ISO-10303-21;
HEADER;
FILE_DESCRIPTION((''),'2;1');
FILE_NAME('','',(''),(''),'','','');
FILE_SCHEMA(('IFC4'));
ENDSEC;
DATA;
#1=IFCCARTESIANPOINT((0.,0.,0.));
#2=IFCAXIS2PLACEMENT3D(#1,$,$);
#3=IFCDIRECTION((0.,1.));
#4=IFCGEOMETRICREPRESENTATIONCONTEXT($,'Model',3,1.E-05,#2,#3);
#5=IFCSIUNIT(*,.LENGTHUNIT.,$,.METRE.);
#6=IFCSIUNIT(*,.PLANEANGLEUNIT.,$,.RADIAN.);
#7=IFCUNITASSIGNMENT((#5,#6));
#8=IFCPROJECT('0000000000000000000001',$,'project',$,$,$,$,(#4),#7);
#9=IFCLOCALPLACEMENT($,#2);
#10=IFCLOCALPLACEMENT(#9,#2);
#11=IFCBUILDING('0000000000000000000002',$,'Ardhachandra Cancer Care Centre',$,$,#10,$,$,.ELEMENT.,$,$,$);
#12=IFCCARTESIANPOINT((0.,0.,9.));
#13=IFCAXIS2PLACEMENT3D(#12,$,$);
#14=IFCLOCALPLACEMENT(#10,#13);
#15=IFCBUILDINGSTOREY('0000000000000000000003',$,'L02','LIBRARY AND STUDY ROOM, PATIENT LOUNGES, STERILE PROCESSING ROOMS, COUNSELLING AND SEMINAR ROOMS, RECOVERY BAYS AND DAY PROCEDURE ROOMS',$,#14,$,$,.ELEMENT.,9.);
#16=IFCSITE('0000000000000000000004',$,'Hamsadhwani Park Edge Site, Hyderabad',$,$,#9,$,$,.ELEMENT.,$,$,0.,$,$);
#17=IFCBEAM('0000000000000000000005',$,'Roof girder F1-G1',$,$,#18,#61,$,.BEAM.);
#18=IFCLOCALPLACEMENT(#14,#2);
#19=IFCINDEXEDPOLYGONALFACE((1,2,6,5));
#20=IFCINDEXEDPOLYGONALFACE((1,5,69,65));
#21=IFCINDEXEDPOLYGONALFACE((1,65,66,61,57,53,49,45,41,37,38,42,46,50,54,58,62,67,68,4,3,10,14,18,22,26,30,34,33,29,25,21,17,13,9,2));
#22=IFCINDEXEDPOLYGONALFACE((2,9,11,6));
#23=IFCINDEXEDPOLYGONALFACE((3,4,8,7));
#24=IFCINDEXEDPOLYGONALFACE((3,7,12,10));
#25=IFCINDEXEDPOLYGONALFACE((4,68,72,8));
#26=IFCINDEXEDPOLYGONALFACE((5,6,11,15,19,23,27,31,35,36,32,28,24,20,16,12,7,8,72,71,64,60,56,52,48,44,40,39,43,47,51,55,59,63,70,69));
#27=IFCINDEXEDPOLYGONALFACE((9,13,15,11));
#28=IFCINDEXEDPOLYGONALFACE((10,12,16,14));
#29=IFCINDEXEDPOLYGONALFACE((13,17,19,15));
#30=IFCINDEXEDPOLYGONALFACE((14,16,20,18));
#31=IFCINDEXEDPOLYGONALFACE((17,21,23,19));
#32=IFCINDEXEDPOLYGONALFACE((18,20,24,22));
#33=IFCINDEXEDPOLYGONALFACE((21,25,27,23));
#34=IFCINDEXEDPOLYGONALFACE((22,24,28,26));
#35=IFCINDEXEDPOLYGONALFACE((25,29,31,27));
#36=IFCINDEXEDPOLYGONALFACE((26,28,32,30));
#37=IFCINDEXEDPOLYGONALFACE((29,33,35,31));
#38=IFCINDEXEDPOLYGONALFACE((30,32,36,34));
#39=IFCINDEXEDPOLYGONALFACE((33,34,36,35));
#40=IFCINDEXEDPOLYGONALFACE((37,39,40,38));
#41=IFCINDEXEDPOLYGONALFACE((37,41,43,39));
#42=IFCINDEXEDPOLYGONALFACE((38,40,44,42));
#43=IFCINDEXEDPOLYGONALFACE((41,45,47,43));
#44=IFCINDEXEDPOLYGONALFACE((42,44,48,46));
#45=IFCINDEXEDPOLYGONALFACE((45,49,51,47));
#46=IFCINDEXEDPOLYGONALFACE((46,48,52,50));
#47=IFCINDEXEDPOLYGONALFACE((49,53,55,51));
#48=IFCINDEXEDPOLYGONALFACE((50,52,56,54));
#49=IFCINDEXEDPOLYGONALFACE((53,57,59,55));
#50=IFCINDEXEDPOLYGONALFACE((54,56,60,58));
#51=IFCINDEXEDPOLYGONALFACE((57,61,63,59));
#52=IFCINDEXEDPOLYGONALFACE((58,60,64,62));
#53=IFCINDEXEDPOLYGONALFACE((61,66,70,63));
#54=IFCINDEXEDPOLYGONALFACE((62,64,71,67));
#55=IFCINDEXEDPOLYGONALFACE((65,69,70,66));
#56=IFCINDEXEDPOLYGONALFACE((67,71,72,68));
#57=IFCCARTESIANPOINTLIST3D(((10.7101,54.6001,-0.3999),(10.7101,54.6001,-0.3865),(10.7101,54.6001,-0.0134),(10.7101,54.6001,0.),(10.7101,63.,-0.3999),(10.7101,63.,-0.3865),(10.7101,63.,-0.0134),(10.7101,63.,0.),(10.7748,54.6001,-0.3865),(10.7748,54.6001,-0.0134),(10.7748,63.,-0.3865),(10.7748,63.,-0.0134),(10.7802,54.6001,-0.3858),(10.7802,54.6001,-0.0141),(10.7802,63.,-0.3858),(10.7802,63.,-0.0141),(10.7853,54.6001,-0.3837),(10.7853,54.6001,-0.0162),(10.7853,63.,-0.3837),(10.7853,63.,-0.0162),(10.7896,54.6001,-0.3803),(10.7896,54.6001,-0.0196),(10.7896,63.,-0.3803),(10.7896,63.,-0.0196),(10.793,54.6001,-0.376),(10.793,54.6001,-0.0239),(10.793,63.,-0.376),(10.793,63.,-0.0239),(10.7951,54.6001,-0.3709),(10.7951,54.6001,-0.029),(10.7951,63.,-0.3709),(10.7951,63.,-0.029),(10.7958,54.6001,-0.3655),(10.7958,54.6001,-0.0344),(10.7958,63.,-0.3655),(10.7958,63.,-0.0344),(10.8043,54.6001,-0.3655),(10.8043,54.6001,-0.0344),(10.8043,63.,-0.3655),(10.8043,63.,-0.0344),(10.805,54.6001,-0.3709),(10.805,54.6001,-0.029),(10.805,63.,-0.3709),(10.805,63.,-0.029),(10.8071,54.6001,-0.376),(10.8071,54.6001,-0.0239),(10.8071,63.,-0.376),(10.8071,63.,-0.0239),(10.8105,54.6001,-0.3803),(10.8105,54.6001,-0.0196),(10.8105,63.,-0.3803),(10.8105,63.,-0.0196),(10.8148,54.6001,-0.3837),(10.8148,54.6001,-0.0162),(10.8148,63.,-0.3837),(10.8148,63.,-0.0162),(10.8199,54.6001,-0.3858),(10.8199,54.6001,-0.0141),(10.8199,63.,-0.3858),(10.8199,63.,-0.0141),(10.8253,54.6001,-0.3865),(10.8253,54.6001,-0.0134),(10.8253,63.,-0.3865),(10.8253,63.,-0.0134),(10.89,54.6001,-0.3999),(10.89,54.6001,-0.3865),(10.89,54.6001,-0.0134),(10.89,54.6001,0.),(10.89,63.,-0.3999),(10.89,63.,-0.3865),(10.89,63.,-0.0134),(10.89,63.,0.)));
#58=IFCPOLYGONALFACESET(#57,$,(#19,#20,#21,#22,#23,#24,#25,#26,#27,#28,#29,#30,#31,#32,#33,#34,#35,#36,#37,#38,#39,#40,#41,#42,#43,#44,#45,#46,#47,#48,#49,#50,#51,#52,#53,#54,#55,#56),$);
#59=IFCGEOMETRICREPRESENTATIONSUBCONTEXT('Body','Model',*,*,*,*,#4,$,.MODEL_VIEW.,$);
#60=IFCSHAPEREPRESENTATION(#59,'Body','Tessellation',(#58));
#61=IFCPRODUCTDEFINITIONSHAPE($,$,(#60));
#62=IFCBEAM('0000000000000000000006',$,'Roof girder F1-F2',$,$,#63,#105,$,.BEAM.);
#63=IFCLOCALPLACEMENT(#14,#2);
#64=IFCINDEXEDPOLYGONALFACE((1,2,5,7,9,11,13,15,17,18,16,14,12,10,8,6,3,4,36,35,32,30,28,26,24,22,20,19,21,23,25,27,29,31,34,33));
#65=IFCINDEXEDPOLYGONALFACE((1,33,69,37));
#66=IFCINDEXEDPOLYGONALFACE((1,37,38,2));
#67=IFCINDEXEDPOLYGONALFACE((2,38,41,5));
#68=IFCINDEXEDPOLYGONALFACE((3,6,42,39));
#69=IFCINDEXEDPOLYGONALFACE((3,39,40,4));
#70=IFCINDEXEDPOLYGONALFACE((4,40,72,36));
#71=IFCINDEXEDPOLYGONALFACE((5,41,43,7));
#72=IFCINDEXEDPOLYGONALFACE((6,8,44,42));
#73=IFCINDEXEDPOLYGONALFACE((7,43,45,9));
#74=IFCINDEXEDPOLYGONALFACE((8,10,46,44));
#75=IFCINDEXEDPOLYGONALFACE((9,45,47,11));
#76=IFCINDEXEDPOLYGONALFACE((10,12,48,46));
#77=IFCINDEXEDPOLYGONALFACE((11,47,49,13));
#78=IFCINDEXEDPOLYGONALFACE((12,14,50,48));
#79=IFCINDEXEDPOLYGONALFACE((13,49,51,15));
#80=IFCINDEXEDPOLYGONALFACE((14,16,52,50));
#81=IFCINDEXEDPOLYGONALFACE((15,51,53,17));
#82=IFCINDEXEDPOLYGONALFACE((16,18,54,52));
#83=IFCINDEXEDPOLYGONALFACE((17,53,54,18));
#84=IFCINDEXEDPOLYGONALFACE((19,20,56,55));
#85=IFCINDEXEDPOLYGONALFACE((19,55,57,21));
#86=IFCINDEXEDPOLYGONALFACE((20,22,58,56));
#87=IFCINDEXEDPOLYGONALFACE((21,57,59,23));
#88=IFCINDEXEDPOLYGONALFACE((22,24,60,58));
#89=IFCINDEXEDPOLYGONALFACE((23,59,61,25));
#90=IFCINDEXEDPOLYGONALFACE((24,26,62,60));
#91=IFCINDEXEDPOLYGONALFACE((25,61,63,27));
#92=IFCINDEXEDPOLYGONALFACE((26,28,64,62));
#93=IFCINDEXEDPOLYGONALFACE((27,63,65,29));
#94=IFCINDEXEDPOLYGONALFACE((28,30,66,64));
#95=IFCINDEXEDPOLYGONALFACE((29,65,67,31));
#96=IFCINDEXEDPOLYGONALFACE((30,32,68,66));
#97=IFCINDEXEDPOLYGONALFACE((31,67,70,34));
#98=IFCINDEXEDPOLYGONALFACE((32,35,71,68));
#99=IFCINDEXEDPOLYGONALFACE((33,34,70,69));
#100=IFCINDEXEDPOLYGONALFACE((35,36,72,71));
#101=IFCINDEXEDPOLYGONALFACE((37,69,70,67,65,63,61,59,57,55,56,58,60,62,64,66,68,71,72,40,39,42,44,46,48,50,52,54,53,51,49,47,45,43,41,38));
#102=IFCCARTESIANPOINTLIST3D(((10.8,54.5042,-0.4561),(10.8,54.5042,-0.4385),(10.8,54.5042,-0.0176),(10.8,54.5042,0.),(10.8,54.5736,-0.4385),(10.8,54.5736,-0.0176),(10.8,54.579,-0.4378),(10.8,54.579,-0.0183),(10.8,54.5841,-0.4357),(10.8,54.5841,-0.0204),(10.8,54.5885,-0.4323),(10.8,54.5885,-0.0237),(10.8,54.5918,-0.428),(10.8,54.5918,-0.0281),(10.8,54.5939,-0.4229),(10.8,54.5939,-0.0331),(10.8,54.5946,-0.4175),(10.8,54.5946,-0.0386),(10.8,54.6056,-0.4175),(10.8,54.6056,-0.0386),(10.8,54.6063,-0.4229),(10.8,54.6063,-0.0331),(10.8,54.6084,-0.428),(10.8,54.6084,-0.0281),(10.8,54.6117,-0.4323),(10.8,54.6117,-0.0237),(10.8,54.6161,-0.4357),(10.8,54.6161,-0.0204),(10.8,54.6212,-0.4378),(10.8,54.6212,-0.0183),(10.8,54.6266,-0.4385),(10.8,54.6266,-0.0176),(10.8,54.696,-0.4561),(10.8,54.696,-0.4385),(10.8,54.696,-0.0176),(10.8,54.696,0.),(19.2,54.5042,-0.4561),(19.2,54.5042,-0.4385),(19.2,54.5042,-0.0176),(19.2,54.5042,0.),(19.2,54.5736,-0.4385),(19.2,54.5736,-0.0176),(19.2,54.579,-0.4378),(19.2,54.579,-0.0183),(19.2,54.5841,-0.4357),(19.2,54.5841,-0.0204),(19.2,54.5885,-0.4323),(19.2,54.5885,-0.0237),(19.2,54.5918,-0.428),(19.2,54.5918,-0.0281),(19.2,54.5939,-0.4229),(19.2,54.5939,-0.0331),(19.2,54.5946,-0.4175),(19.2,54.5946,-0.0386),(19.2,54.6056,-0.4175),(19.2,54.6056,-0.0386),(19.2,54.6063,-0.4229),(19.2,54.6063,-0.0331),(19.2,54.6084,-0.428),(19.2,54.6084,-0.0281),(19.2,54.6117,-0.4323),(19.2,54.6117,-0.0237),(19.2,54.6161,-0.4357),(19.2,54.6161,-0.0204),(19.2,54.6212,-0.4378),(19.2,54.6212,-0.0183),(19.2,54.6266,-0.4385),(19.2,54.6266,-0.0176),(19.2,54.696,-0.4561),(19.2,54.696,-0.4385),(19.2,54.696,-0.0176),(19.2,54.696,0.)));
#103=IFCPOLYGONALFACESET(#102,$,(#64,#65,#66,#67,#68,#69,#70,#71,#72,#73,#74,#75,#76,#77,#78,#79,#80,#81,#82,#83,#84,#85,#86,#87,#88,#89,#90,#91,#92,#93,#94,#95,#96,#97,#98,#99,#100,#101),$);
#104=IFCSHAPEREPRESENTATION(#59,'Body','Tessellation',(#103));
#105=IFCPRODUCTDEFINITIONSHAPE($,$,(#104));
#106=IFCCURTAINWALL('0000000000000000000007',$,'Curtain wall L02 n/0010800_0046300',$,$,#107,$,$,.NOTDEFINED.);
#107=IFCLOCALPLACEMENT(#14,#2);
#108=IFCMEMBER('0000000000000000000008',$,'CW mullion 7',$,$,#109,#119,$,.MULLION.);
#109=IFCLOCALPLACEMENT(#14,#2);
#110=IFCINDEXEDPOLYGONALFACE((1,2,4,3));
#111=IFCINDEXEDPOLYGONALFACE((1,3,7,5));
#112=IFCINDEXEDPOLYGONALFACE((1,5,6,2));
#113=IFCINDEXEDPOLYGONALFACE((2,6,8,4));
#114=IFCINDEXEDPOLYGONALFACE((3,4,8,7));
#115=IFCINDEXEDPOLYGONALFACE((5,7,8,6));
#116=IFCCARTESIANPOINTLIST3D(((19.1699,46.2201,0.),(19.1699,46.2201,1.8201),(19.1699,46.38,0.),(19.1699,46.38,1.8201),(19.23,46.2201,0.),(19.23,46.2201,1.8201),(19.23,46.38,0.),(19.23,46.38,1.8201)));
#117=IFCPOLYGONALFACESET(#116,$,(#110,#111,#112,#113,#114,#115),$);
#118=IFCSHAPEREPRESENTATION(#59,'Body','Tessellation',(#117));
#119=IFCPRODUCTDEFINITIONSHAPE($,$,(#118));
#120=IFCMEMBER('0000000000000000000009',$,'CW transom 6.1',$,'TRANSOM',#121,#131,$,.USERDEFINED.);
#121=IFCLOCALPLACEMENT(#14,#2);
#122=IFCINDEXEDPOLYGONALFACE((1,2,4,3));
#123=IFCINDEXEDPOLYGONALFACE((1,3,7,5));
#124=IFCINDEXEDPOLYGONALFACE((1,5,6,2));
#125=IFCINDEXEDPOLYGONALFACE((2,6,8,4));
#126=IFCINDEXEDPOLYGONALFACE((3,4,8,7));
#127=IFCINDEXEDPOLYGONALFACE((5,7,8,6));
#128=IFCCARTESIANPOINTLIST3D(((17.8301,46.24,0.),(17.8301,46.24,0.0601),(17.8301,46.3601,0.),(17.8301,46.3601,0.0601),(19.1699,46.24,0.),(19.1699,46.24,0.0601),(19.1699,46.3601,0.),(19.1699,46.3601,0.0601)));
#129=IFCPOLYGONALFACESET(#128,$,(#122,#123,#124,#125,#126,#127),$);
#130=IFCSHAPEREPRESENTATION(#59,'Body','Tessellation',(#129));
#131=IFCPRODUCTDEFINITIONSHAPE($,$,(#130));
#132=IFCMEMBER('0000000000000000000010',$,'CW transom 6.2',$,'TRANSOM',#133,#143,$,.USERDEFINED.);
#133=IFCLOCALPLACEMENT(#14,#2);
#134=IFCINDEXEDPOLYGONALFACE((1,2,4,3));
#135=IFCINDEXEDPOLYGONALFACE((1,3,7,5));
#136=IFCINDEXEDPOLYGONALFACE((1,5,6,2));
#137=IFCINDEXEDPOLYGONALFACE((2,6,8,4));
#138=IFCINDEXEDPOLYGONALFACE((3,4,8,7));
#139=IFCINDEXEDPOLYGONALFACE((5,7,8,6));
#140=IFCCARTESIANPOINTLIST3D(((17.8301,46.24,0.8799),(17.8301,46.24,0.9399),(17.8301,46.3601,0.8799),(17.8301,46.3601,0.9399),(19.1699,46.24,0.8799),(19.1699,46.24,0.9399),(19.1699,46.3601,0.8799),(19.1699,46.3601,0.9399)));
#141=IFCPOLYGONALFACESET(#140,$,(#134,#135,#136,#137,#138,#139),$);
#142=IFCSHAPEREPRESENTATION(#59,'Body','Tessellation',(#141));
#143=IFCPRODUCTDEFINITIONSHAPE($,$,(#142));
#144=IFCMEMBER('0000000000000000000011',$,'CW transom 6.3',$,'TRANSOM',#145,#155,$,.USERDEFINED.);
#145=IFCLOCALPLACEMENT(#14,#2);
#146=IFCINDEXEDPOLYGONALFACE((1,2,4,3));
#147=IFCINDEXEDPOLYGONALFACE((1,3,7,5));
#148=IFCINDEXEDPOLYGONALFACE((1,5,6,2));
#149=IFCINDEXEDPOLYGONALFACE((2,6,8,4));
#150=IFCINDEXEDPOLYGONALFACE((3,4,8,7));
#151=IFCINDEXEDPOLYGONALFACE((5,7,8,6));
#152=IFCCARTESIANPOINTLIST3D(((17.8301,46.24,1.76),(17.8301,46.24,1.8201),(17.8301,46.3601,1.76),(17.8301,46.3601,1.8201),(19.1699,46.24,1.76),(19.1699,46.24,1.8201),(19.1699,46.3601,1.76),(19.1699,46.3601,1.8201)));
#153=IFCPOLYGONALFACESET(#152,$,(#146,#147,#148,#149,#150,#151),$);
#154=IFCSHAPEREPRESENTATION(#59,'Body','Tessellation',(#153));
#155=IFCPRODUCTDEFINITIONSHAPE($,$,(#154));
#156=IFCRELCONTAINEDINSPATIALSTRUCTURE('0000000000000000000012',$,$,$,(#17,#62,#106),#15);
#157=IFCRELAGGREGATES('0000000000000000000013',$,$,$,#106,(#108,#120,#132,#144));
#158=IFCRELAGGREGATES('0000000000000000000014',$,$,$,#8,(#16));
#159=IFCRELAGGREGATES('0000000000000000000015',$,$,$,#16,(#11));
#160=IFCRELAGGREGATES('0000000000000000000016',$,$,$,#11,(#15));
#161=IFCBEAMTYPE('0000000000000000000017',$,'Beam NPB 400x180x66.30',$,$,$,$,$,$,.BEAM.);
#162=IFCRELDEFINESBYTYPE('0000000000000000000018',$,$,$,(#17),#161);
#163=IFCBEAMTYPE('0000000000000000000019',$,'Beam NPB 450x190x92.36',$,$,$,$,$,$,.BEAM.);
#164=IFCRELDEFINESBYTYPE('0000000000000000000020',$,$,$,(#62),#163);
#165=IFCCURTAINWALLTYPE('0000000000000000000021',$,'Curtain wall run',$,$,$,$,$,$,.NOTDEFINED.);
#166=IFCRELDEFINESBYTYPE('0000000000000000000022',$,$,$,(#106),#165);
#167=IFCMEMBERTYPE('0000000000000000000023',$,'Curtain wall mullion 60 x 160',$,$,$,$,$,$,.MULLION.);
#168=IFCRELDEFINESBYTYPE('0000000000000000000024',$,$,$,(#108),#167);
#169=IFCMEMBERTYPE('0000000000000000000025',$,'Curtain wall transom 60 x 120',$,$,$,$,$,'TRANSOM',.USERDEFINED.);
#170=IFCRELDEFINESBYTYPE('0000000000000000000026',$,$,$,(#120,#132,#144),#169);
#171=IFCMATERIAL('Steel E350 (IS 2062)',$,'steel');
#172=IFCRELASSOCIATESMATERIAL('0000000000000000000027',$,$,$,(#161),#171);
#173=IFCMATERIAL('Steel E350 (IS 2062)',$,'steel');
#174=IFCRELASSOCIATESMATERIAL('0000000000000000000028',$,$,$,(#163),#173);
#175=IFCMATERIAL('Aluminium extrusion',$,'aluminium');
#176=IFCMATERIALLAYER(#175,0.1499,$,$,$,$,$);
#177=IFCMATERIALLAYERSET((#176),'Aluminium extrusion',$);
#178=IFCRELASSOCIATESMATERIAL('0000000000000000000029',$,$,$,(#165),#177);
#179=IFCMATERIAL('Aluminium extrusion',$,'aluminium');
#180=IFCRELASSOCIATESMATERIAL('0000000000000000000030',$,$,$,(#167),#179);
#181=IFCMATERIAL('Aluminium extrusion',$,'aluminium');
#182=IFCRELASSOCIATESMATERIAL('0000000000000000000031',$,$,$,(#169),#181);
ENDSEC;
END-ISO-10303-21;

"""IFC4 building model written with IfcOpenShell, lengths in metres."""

from ifc_helpers import new_model, si_unit, direction, frame, origin, origin_2d, place, context, subcontext, project, spatial, rectangle, i_section, extrude, material, layer, layer_set, material_profile, profile_set, type_object, element, aggregate, save


model = new_model("IFC4")

# Units and contexts
model_context = context("Model", 3, precision=1e-05, world=origin(), true_north=direction((0.0, 1.0)))
body_context = subcontext(model_context, "Body", "Model", "MODEL_VIEW")
ifc_project = project(units=[si_unit("LENGTHUNIT", "METRE"), si_unit("PLANEANGLEUNIT", "RADIAN")], contexts=[model_context])

# Site, building, storey
site_placement = place(None, origin())
site = spatial("IfcSite", under=ifc_project, at=site_placement, Name="Hamsadhwani Park Edge Site, Hyderabad", CompositionType="ELEMENT", RefElevation=0.0)
building_placement = place(site_placement, origin())
building = spatial("IfcBuilding", under=site, at=building_placement, Name="Ardhachandra Cancer Care Centre", CompositionType="ELEMENT")
storey_placement = place(building_placement, frame((0.0, 0.0, 9.0)))
storey = spatial("IfcBuildingStorey", under=building, at=storey_placement, Name="L02", Description="LIBRARY AND STUDY ROOM, PATIENT LOUNGES, STERILE PROCESSING ROOMS, COUNSELLING AND SEMINAR ROOMS, RECOVERY BAYS AND DAY PROCEDURE ROOMS", CompositionType="ELEMENT", Elevation=9.0)

# Beams
ifc_material_1 = material(Name="Steel E350 (IS 2062)", Category="steel")
ifc_material_profile_1 = material_profile(ifc_material_1, i_section(OverallWidth=0.1799, OverallDepth=0.3999, WebThickness=0.0085, FlangeThickness=0.0134, FilletRadius=0.021, at=origin_2d()), Name="NPB 400x180x66.30")
ifc_profile_set_1 = profile_set([ifc_material_profile_1], Name="Steel E350 (IS 2062)")
beam_type_1 = type_object("IfcBeamType", Name="Beam NPB 400x180x66.30", PredefinedType="BEAM", material=ifc_profile_set_1)
beam_1_placement = place(storey_placement, frame((10.8, 54.6001, -0.2), z_axis=(0.0, 1.0, 0.0), x_axis=(-1.0, 0.0, 0.0)))
element("IfcBeam", 1, at=beam_1_placement, inside=storey, type_object=beam_type_1, Name="Roof girder F1-G1", PredefinedType="BEAM", context=body_context, shape_type="SweptSolid", body=[
    extrude(i_section(OverallWidth=0.1799, OverallDepth=0.3999, WebThickness=0.0085, FlangeThickness=0.0134, FilletRadius=0.021, at=origin_2d()), origin(), (0.0, 0.0, 1.0), 8.3999),
])
ifc_material_2 = material(Name="Steel E350 (IS 2062)", Category="steel")
ifc_material_profile_2 = material_profile(ifc_material_2, i_section(OverallWidth=0.1919, OverallDepth=0.4561, WebThickness=0.011, FlangeThickness=0.0176, FilletRadius=0.021, at=origin_2d()), Name="NPB 450x190x92.36")
ifc_profile_set_2 = profile_set([ifc_material_profile_2], Name="Steel E350 (IS 2062)")
beam_type_2 = type_object("IfcBeamType", Name="Beam NPB 450x190x92.36", PredefinedType="BEAM", material=ifc_profile_set_2)
beam_2_placement = place(storey_placement, frame((10.8, 54.6001, -0.228), z_axis=(1.0, 0.0, 0.0), x_axis=(0.0, 1.0, 0.0)))
element("IfcBeam", 2, at=beam_2_placement, inside=storey, type_object=beam_type_2, Name="Roof girder F1-F2", PredefinedType="BEAM", context=body_context, shape_type="SweptSolid", body=[
    extrude(i_section(OverallWidth=0.1919, OverallDepth=0.4561, WebThickness=0.011, FlangeThickness=0.0176, FilletRadius=0.021, at=origin_2d()), origin(), (0.0, 0.0, 1.0), 8.3999),
])

# Curtain wall, members
ifc_material_3 = material(Name="Aluminium extrusion", Category="aluminium")
ifc_layer_1 = layer(ifc_material_3, 0.1499)
ifc_layer_set_1 = layer_set([ifc_layer_1], Name="Aluminium extrusion")
curtain_wall_type = type_object("IfcCurtainWallType", Name="Curtain wall run", PredefinedType="NOTDEFINED", material=ifc_layer_set_1)
curtain_wall_placement = place(storey_placement, origin())
curtain_wall = element("IfcCurtainWall", 3, at=curtain_wall_placement, inside=storey, type_object=curtain_wall_type, Name="Curtain wall L02 n/0010800_0046300", PredefinedType="NOTDEFINED")
ifc_material_4 = material(Name="Aluminium extrusion", Category="aluminium")
ifc_material_profile_3 = material_profile(ifc_material_4, rectangle(XDim=0.1599, YDim=0.0601, at=origin_2d()), Name="Curtain wall mullion 60 x 160")
ifc_profile_set_3 = profile_set([ifc_material_profile_3], Name="Aluminium extrusion")
member_type_1 = type_object("IfcMemberType", Name="Curtain wall mullion 60 x 160", PredefinedType="MULLION", material=ifc_profile_set_3)
member_1_placement = place(storey_placement, frame((19.2, 46.3, 0.0), z_axis=(0.0, 0.0, 1.0), x_axis=(0.0, 1.0, 0.0)))
member_1 = element("IfcMember", 4, at=member_1_placement, type_object=member_type_1, Name="CW mullion 7", PredefinedType="MULLION", context=body_context, shape_type="SweptSolid", body=[
    extrude(rectangle(XDim=0.1599, YDim=0.0601, at=origin_2d()), origin(), (0.0, 0.0, 1.0), 1.8201),
])
ifc_material_5 = material(Name="Aluminium extrusion", Category="aluminium")
ifc_material_profile_4 = material_profile(ifc_material_5, rectangle(XDim=0.1201, YDim=0.0601, at=origin_2d()), Name="Curtain wall transom 60 x 120")
ifc_profile_set_4 = profile_set([ifc_material_profile_4], Name="Aluminium extrusion")
member_type_2 = type_object("IfcMemberType", Name="Curtain wall transom 60 x 120", ElementType="TRANSOM", PredefinedType="USERDEFINED", material=ifc_profile_set_4)
member_2_placement = place(storey_placement, frame((17.8301, 46.3, 0.03), z_axis=(1.0, 0.0, 0.0), x_axis=(0.0, 1.0, 0.0)))
member_2 = element("IfcMember", 5, at=member_2_placement, type_object=member_type_2, Name="CW transom 6.1", ObjectType="TRANSOM", PredefinedType="USERDEFINED", context=body_context, shape_type="SweptSolid", body=[
    extrude(rectangle(XDim=0.1201, YDim=0.0601, at=origin_2d()), origin(), (0.0, 0.0, 1.0), 1.3398),
])
member_3_placement = place(storey_placement, frame((17.8301, 46.3, 0.9099), z_axis=(1.0, 0.0, 0.0), x_axis=(0.0, 1.0, 0.0)))
member_3 = element("IfcMember", 6, at=member_3_placement, type_object=member_type_2, Name="CW transom 6.2", ObjectType="TRANSOM", PredefinedType="USERDEFINED", context=body_context, shape_type="SweptSolid", body=[
    extrude(rectangle(XDim=0.1201, YDim=0.0601, at=origin_2d()), origin(), (0.0, 0.0, 1.0), 1.3398),
])
member_4_placement = place(storey_placement, frame((17.8301, 46.3, 1.79), z_axis=(1.0, 0.0, 0.0), x_axis=(0.0, 1.0, 0.0)))
member_4 = element("IfcMember", 7, at=member_4_placement, type_object=member_type_2, Name="CW transom 6.3", ObjectType="TRANSOM", PredefinedType="USERDEFINED", context=body_context, shape_type="SweptSolid", body=[
    extrude(rectangle(XDim=0.1201, YDim=0.0601, at=origin_2d()), origin(), (0.0, 0.0, 1.0), 1.3398),
])

aggregate(curtain_wall, [member_1, member_2, member_3, member_4])

save(model, "model.ifc")
